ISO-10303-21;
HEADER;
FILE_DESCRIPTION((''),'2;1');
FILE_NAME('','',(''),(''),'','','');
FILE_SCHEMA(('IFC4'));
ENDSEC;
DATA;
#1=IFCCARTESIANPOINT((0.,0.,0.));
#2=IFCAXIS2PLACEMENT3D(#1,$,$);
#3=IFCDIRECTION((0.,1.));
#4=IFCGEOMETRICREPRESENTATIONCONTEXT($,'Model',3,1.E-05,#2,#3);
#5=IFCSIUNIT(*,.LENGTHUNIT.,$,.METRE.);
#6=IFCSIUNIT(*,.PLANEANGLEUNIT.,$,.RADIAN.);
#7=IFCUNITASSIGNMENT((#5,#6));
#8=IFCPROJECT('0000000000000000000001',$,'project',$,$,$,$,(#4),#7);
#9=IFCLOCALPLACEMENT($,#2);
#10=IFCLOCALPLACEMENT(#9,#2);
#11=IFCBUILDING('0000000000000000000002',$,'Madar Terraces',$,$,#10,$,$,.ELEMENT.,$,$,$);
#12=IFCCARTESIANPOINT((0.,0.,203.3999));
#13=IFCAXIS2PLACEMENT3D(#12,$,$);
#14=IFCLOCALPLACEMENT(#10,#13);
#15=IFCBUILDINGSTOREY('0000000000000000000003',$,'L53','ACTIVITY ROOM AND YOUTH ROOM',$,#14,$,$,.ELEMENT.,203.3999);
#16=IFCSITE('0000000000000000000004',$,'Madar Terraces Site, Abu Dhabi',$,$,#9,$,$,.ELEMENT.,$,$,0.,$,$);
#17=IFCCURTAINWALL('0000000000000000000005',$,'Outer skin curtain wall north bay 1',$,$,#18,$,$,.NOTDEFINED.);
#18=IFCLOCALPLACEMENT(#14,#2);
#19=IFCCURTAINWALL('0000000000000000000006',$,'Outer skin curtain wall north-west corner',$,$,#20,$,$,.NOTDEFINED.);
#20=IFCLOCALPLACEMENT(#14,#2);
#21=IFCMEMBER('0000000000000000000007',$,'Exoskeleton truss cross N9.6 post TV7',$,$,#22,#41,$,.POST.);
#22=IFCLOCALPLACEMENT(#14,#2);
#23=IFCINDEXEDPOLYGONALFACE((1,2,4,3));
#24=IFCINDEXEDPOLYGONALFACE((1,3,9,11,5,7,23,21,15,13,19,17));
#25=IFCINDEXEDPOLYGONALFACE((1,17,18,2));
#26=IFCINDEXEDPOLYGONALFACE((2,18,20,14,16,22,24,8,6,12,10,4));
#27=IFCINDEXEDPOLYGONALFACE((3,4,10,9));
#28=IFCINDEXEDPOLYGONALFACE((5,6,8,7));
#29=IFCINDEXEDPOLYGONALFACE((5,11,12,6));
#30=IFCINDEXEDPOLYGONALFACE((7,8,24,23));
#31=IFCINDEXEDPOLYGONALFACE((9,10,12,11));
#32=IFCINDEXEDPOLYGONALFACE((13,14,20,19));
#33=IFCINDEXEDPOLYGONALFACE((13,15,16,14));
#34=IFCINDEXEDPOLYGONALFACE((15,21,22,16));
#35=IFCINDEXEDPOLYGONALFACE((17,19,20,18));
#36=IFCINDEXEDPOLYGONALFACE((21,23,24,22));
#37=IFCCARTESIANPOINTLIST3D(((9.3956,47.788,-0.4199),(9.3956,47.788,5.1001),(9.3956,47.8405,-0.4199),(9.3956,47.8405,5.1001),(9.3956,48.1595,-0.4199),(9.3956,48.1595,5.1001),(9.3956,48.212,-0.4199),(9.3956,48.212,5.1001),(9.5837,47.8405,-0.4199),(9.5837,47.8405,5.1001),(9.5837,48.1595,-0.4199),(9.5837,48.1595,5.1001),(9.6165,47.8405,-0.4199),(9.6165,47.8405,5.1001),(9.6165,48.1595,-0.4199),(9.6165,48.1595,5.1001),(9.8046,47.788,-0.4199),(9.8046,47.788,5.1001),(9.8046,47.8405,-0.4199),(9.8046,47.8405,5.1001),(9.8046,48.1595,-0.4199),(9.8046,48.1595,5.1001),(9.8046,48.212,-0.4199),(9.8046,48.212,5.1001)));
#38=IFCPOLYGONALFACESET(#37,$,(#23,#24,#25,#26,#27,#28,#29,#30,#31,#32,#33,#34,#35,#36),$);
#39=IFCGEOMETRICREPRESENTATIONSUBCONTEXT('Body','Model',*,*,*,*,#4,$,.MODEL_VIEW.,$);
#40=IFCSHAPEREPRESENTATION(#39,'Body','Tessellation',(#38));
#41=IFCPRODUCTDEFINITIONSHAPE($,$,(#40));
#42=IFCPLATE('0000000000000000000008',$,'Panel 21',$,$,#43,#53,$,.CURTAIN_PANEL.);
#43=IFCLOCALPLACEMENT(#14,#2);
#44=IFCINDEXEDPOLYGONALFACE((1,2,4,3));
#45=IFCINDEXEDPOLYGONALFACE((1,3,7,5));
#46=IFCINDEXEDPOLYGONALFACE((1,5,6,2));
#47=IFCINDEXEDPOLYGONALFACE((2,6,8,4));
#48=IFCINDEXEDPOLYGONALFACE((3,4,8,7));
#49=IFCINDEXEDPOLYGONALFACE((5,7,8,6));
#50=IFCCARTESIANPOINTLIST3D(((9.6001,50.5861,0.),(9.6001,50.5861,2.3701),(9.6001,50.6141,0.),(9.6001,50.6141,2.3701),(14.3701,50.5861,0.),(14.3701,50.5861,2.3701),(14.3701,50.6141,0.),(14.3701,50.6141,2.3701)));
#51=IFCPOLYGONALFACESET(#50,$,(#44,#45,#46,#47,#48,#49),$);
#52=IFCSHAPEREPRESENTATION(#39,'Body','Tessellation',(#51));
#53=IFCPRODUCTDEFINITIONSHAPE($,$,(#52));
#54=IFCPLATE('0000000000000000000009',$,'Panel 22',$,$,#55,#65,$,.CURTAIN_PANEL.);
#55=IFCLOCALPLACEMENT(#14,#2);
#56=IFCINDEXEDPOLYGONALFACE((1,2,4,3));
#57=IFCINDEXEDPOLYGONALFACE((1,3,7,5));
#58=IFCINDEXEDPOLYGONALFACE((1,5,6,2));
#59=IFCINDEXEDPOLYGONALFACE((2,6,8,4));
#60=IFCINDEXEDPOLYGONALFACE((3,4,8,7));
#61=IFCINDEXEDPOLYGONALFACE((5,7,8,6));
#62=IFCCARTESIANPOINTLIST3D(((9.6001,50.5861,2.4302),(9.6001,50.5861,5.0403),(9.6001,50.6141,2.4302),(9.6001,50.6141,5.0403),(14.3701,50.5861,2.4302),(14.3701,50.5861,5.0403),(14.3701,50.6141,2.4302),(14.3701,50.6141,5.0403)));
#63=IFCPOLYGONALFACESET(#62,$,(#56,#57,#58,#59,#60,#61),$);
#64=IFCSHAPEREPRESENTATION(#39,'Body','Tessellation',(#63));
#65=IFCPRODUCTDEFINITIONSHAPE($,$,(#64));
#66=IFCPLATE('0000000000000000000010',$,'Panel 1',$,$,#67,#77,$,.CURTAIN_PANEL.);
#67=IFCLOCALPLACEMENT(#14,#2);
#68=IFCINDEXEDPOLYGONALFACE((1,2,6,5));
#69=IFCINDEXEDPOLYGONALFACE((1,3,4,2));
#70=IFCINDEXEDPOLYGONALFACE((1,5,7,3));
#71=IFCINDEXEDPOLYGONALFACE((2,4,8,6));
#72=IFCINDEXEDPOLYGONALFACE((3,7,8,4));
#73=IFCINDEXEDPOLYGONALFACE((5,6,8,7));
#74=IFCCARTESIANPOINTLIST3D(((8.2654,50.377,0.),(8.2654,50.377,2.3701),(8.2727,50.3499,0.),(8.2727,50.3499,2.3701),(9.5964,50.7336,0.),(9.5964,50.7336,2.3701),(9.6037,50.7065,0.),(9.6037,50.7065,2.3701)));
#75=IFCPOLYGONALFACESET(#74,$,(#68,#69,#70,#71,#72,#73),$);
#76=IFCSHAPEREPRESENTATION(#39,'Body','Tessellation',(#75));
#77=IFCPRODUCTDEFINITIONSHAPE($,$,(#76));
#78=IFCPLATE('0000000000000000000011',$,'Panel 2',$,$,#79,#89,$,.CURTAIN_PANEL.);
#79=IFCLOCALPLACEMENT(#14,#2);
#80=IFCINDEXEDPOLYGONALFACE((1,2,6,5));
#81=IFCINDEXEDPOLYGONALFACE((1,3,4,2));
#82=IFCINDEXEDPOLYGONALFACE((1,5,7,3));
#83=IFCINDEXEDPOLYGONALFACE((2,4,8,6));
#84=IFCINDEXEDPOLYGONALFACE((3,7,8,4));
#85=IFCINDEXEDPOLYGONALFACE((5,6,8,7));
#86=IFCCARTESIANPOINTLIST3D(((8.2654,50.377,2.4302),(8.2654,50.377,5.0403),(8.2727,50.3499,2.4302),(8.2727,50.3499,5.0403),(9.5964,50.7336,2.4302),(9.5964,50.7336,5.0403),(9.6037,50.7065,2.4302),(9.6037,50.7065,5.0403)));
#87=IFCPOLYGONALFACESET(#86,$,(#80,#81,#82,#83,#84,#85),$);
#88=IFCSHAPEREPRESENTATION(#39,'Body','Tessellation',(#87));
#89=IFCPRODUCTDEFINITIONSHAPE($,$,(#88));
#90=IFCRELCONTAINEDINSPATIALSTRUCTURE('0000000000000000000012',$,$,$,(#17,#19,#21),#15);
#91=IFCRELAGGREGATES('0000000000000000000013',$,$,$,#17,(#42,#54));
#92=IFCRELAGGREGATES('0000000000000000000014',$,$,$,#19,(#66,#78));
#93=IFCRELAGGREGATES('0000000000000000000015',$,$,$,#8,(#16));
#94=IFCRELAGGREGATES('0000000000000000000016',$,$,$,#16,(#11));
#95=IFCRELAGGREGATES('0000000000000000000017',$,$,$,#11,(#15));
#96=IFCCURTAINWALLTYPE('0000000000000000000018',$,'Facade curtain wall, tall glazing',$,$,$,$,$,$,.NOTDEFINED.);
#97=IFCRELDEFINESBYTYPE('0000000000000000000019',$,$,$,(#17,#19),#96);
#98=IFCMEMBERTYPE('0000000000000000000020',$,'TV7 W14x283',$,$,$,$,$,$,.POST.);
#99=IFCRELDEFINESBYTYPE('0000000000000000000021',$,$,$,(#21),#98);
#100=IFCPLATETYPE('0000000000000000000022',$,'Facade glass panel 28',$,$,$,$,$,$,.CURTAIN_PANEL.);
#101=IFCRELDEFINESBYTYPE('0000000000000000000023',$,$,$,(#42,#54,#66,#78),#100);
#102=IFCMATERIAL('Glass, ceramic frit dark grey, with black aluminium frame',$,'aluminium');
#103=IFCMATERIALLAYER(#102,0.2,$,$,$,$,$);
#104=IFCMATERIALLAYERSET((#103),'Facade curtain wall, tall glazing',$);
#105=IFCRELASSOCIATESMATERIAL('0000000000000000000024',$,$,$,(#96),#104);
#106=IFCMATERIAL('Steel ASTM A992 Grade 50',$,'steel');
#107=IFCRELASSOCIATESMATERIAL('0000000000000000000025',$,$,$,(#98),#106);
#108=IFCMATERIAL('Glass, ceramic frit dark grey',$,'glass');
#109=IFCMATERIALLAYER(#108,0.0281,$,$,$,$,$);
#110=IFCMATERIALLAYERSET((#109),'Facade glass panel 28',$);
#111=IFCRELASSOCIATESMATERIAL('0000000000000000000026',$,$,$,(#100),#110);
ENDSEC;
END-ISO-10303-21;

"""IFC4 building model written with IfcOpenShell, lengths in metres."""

from ifc_helpers import new_model, si_unit, direction, frame, origin, origin_2d, place, context, subcontext, project, spatial, rectangle, i_section, extrude, material, layer, layer_set, material_profile, profile_set, type_object, element, aggregate, save


model = new_model("IFC4")

# Units and contexts
model_context = context("Model", 3, precision=1e-05, world=origin(), true_north=direction((0.0, 1.0)))
body_context = subcontext(model_context, "Body", "Model", "MODEL_VIEW")
ifc_project = project(units=[si_unit("LENGTHUNIT", "METRE"), si_unit("PLANEANGLEUNIT", "RADIAN")], contexts=[model_context])

# Site, building, storey
site_placement = place(None, origin())
site = spatial("IfcSite", under=ifc_project, at=site_placement, Name="Madar Terraces Site, Abu Dhabi", CompositionType="ELEMENT", RefElevation=0.0)
building_placement = place(site_placement, origin())
building = spatial("IfcBuilding", under=site, at=building_placement, Name="Madar Terraces", CompositionType="ELEMENT")
storey_placement = place(building_placement, frame((0.0, 0.0, 203.3999)))
storey = spatial("IfcBuildingStorey", under=building, at=storey_placement, Name="L53", Description="ACTIVITY ROOM AND YOUTH ROOM", CompositionType="ELEMENT", Elevation=203.3999)

# Curtain walls
ifc_material_1 = material(Name="Glass, ceramic frit dark grey, with black aluminium frame", Category="aluminium")
ifc_layer_1 = layer(ifc_material_1, 0.2)
ifc_layer_set_1 = layer_set([ifc_layer_1], Name="Facade curtain wall, tall glazing")
curtain_wall_type = type_object("IfcCurtainWallType", Name="Facade curtain wall, tall glazing", PredefinedType="NOTDEFINED", material=ifc_layer_set_1)
curtain_wall_1_placement = place(storey_placement, origin())
curtain_wall_1 = element("IfcCurtainWall", 1, at=curtain_wall_1_placement, inside=storey, type_object=curtain_wall_type, Name="Outer skin curtain wall north bay 1", PredefinedType="NOTDEFINED")
curtain_wall_2_placement = place(storey_placement, origin())
curtain_wall_2 = element("IfcCurtainWall", 2, at=curtain_wall_2_placement, inside=storey, type_object=curtain_wall_type, Name="Outer skin curtain wall north-west corner", PredefinedType="NOTDEFINED")

# Member
ifc_material_2 = material(Name="Steel ASTM A992 Grade 50", Category="steel")
ifc_material_profile_1 = material_profile(ifc_material_2, i_section(OverallWidth=0.4089, OverallDepth=0.4241, WebThickness=0.0327, FlangeThickness=0.0525, at=origin_2d()), Name="W14x283")
ifc_profile_set_1 = profile_set([ifc_material_profile_1], Name="Steel ASTM A992 Grade 50")
member_type_1 = type_object("IfcMemberType", Name="TV7 W14x283", PredefinedType="POST", material=ifc_profile_set_1)
member_1_placement = place(storey_placement, frame((9.6001, 48.0, -0.4199), z_axis=(0.0, 0.0, 1.0), x_axis=(-1.0, 0.0, 0.0)))
element("IfcMember", 3, at=member_1_placement, inside=storey, type_object=member_type_1, Name="Exoskeleton truss cross N9.6 post TV7", PredefinedType="POST", context=body_context, shape_type="SweptSolid", body=[
    extrude(i_section(OverallWidth=0.4089, OverallDepth=0.4241, WebThickness=0.0327, FlangeThickness=0.0525, at=origin_2d()), origin(), (0.0, 0.0, 1.0), 5.52),
])

# Plates
ifc_material_3 = material(Name="Glass, ceramic frit dark grey", Category="glass")
ifc_layer_2 = layer(ifc_material_3, 0.0281)
ifc_layer_set_2 = layer_set([ifc_layer_2], Name="Facade glass panel 28")
plate_type = type_object("IfcPlateType", Name="Facade glass panel 28", PredefinedType="CURTAIN_PANEL", material=ifc_layer_set_2)
plate_1_placement = place(storey_placement, frame((11.9851, 50.6001, 0.0), z_axis=(0.0, 0.0, 1.0), x_axis=(-1.0, 0.0, 0.0)))
plate_1 = element("IfcPlate", 4, at=plate_1_placement, type_object=plate_type, Name="Panel 21", PredefinedType="CURTAIN_PANEL", context=body_context, shape_type="SweptSolid", body=[
    extrude(rectangle(XDim=4.77, YDim=0.0281, at=origin_2d()), origin(), (0.0, 0.0, 1.0), 2.3701),
])
plate_2_placement = place(storey_placement, frame((11.9851, 50.6001, 2.4302), z_axis=(0.0, 0.0, 1.0), x_axis=(-1.0, 0.0, 0.0)))
plate_2 = element("IfcPlate", 5, at=plate_2_placement, type_object=plate_type, Name="Panel 22", PredefinedType="CURTAIN_PANEL", context=body_context, shape_type="SweptSolid", body=[
    extrude(rectangle(XDim=4.77, YDim=0.0281, at=origin_2d()), origin(), (0.0, 0.0, 1.0), 2.6101),
])
aggregate(curtain_wall_1, [plate_1, plate_2])
plate_3_placement = place(storey_placement, frame((8.9346, 50.5417, 0.0), z_axis=(0.0, 0.0, 1.0), x_axis=(-0.965926, -0.258819, 0.0)))
plate_3 = element("IfcPlate", 6, at=plate_3_placement, type_object=plate_type, Name="Panel 1", PredefinedType="CURTAIN_PANEL", context=body_context, shape_type="SweptSolid", body=[
    extrude(rectangle(XDim=1.3779, YDim=0.0281, at=origin_2d()), origin(), (0.0, 0.0, 1.0), 2.3701),
])
plate_4_placement = place(storey_placement, frame((8.9346, 50.5417, 2.4302), z_axis=(0.0, 0.0, 1.0), x_axis=(-0.965926, -0.258819, 0.0)))
plate_4 = element("IfcPlate", 7, at=plate_4_placement, type_object=plate_type, Name="Panel 2", PredefinedType="CURTAIN_PANEL", context=body_context, shape_type="SweptSolid", body=[
    extrude(rectangle(XDim=1.3779, YDim=0.0281, at=origin_2d()), origin(), (0.0, 0.0, 1.0), 2.6101),
])
aggregate(curtain_wall_2, [plate_3, plate_4])

save(model, "model.ifc")
